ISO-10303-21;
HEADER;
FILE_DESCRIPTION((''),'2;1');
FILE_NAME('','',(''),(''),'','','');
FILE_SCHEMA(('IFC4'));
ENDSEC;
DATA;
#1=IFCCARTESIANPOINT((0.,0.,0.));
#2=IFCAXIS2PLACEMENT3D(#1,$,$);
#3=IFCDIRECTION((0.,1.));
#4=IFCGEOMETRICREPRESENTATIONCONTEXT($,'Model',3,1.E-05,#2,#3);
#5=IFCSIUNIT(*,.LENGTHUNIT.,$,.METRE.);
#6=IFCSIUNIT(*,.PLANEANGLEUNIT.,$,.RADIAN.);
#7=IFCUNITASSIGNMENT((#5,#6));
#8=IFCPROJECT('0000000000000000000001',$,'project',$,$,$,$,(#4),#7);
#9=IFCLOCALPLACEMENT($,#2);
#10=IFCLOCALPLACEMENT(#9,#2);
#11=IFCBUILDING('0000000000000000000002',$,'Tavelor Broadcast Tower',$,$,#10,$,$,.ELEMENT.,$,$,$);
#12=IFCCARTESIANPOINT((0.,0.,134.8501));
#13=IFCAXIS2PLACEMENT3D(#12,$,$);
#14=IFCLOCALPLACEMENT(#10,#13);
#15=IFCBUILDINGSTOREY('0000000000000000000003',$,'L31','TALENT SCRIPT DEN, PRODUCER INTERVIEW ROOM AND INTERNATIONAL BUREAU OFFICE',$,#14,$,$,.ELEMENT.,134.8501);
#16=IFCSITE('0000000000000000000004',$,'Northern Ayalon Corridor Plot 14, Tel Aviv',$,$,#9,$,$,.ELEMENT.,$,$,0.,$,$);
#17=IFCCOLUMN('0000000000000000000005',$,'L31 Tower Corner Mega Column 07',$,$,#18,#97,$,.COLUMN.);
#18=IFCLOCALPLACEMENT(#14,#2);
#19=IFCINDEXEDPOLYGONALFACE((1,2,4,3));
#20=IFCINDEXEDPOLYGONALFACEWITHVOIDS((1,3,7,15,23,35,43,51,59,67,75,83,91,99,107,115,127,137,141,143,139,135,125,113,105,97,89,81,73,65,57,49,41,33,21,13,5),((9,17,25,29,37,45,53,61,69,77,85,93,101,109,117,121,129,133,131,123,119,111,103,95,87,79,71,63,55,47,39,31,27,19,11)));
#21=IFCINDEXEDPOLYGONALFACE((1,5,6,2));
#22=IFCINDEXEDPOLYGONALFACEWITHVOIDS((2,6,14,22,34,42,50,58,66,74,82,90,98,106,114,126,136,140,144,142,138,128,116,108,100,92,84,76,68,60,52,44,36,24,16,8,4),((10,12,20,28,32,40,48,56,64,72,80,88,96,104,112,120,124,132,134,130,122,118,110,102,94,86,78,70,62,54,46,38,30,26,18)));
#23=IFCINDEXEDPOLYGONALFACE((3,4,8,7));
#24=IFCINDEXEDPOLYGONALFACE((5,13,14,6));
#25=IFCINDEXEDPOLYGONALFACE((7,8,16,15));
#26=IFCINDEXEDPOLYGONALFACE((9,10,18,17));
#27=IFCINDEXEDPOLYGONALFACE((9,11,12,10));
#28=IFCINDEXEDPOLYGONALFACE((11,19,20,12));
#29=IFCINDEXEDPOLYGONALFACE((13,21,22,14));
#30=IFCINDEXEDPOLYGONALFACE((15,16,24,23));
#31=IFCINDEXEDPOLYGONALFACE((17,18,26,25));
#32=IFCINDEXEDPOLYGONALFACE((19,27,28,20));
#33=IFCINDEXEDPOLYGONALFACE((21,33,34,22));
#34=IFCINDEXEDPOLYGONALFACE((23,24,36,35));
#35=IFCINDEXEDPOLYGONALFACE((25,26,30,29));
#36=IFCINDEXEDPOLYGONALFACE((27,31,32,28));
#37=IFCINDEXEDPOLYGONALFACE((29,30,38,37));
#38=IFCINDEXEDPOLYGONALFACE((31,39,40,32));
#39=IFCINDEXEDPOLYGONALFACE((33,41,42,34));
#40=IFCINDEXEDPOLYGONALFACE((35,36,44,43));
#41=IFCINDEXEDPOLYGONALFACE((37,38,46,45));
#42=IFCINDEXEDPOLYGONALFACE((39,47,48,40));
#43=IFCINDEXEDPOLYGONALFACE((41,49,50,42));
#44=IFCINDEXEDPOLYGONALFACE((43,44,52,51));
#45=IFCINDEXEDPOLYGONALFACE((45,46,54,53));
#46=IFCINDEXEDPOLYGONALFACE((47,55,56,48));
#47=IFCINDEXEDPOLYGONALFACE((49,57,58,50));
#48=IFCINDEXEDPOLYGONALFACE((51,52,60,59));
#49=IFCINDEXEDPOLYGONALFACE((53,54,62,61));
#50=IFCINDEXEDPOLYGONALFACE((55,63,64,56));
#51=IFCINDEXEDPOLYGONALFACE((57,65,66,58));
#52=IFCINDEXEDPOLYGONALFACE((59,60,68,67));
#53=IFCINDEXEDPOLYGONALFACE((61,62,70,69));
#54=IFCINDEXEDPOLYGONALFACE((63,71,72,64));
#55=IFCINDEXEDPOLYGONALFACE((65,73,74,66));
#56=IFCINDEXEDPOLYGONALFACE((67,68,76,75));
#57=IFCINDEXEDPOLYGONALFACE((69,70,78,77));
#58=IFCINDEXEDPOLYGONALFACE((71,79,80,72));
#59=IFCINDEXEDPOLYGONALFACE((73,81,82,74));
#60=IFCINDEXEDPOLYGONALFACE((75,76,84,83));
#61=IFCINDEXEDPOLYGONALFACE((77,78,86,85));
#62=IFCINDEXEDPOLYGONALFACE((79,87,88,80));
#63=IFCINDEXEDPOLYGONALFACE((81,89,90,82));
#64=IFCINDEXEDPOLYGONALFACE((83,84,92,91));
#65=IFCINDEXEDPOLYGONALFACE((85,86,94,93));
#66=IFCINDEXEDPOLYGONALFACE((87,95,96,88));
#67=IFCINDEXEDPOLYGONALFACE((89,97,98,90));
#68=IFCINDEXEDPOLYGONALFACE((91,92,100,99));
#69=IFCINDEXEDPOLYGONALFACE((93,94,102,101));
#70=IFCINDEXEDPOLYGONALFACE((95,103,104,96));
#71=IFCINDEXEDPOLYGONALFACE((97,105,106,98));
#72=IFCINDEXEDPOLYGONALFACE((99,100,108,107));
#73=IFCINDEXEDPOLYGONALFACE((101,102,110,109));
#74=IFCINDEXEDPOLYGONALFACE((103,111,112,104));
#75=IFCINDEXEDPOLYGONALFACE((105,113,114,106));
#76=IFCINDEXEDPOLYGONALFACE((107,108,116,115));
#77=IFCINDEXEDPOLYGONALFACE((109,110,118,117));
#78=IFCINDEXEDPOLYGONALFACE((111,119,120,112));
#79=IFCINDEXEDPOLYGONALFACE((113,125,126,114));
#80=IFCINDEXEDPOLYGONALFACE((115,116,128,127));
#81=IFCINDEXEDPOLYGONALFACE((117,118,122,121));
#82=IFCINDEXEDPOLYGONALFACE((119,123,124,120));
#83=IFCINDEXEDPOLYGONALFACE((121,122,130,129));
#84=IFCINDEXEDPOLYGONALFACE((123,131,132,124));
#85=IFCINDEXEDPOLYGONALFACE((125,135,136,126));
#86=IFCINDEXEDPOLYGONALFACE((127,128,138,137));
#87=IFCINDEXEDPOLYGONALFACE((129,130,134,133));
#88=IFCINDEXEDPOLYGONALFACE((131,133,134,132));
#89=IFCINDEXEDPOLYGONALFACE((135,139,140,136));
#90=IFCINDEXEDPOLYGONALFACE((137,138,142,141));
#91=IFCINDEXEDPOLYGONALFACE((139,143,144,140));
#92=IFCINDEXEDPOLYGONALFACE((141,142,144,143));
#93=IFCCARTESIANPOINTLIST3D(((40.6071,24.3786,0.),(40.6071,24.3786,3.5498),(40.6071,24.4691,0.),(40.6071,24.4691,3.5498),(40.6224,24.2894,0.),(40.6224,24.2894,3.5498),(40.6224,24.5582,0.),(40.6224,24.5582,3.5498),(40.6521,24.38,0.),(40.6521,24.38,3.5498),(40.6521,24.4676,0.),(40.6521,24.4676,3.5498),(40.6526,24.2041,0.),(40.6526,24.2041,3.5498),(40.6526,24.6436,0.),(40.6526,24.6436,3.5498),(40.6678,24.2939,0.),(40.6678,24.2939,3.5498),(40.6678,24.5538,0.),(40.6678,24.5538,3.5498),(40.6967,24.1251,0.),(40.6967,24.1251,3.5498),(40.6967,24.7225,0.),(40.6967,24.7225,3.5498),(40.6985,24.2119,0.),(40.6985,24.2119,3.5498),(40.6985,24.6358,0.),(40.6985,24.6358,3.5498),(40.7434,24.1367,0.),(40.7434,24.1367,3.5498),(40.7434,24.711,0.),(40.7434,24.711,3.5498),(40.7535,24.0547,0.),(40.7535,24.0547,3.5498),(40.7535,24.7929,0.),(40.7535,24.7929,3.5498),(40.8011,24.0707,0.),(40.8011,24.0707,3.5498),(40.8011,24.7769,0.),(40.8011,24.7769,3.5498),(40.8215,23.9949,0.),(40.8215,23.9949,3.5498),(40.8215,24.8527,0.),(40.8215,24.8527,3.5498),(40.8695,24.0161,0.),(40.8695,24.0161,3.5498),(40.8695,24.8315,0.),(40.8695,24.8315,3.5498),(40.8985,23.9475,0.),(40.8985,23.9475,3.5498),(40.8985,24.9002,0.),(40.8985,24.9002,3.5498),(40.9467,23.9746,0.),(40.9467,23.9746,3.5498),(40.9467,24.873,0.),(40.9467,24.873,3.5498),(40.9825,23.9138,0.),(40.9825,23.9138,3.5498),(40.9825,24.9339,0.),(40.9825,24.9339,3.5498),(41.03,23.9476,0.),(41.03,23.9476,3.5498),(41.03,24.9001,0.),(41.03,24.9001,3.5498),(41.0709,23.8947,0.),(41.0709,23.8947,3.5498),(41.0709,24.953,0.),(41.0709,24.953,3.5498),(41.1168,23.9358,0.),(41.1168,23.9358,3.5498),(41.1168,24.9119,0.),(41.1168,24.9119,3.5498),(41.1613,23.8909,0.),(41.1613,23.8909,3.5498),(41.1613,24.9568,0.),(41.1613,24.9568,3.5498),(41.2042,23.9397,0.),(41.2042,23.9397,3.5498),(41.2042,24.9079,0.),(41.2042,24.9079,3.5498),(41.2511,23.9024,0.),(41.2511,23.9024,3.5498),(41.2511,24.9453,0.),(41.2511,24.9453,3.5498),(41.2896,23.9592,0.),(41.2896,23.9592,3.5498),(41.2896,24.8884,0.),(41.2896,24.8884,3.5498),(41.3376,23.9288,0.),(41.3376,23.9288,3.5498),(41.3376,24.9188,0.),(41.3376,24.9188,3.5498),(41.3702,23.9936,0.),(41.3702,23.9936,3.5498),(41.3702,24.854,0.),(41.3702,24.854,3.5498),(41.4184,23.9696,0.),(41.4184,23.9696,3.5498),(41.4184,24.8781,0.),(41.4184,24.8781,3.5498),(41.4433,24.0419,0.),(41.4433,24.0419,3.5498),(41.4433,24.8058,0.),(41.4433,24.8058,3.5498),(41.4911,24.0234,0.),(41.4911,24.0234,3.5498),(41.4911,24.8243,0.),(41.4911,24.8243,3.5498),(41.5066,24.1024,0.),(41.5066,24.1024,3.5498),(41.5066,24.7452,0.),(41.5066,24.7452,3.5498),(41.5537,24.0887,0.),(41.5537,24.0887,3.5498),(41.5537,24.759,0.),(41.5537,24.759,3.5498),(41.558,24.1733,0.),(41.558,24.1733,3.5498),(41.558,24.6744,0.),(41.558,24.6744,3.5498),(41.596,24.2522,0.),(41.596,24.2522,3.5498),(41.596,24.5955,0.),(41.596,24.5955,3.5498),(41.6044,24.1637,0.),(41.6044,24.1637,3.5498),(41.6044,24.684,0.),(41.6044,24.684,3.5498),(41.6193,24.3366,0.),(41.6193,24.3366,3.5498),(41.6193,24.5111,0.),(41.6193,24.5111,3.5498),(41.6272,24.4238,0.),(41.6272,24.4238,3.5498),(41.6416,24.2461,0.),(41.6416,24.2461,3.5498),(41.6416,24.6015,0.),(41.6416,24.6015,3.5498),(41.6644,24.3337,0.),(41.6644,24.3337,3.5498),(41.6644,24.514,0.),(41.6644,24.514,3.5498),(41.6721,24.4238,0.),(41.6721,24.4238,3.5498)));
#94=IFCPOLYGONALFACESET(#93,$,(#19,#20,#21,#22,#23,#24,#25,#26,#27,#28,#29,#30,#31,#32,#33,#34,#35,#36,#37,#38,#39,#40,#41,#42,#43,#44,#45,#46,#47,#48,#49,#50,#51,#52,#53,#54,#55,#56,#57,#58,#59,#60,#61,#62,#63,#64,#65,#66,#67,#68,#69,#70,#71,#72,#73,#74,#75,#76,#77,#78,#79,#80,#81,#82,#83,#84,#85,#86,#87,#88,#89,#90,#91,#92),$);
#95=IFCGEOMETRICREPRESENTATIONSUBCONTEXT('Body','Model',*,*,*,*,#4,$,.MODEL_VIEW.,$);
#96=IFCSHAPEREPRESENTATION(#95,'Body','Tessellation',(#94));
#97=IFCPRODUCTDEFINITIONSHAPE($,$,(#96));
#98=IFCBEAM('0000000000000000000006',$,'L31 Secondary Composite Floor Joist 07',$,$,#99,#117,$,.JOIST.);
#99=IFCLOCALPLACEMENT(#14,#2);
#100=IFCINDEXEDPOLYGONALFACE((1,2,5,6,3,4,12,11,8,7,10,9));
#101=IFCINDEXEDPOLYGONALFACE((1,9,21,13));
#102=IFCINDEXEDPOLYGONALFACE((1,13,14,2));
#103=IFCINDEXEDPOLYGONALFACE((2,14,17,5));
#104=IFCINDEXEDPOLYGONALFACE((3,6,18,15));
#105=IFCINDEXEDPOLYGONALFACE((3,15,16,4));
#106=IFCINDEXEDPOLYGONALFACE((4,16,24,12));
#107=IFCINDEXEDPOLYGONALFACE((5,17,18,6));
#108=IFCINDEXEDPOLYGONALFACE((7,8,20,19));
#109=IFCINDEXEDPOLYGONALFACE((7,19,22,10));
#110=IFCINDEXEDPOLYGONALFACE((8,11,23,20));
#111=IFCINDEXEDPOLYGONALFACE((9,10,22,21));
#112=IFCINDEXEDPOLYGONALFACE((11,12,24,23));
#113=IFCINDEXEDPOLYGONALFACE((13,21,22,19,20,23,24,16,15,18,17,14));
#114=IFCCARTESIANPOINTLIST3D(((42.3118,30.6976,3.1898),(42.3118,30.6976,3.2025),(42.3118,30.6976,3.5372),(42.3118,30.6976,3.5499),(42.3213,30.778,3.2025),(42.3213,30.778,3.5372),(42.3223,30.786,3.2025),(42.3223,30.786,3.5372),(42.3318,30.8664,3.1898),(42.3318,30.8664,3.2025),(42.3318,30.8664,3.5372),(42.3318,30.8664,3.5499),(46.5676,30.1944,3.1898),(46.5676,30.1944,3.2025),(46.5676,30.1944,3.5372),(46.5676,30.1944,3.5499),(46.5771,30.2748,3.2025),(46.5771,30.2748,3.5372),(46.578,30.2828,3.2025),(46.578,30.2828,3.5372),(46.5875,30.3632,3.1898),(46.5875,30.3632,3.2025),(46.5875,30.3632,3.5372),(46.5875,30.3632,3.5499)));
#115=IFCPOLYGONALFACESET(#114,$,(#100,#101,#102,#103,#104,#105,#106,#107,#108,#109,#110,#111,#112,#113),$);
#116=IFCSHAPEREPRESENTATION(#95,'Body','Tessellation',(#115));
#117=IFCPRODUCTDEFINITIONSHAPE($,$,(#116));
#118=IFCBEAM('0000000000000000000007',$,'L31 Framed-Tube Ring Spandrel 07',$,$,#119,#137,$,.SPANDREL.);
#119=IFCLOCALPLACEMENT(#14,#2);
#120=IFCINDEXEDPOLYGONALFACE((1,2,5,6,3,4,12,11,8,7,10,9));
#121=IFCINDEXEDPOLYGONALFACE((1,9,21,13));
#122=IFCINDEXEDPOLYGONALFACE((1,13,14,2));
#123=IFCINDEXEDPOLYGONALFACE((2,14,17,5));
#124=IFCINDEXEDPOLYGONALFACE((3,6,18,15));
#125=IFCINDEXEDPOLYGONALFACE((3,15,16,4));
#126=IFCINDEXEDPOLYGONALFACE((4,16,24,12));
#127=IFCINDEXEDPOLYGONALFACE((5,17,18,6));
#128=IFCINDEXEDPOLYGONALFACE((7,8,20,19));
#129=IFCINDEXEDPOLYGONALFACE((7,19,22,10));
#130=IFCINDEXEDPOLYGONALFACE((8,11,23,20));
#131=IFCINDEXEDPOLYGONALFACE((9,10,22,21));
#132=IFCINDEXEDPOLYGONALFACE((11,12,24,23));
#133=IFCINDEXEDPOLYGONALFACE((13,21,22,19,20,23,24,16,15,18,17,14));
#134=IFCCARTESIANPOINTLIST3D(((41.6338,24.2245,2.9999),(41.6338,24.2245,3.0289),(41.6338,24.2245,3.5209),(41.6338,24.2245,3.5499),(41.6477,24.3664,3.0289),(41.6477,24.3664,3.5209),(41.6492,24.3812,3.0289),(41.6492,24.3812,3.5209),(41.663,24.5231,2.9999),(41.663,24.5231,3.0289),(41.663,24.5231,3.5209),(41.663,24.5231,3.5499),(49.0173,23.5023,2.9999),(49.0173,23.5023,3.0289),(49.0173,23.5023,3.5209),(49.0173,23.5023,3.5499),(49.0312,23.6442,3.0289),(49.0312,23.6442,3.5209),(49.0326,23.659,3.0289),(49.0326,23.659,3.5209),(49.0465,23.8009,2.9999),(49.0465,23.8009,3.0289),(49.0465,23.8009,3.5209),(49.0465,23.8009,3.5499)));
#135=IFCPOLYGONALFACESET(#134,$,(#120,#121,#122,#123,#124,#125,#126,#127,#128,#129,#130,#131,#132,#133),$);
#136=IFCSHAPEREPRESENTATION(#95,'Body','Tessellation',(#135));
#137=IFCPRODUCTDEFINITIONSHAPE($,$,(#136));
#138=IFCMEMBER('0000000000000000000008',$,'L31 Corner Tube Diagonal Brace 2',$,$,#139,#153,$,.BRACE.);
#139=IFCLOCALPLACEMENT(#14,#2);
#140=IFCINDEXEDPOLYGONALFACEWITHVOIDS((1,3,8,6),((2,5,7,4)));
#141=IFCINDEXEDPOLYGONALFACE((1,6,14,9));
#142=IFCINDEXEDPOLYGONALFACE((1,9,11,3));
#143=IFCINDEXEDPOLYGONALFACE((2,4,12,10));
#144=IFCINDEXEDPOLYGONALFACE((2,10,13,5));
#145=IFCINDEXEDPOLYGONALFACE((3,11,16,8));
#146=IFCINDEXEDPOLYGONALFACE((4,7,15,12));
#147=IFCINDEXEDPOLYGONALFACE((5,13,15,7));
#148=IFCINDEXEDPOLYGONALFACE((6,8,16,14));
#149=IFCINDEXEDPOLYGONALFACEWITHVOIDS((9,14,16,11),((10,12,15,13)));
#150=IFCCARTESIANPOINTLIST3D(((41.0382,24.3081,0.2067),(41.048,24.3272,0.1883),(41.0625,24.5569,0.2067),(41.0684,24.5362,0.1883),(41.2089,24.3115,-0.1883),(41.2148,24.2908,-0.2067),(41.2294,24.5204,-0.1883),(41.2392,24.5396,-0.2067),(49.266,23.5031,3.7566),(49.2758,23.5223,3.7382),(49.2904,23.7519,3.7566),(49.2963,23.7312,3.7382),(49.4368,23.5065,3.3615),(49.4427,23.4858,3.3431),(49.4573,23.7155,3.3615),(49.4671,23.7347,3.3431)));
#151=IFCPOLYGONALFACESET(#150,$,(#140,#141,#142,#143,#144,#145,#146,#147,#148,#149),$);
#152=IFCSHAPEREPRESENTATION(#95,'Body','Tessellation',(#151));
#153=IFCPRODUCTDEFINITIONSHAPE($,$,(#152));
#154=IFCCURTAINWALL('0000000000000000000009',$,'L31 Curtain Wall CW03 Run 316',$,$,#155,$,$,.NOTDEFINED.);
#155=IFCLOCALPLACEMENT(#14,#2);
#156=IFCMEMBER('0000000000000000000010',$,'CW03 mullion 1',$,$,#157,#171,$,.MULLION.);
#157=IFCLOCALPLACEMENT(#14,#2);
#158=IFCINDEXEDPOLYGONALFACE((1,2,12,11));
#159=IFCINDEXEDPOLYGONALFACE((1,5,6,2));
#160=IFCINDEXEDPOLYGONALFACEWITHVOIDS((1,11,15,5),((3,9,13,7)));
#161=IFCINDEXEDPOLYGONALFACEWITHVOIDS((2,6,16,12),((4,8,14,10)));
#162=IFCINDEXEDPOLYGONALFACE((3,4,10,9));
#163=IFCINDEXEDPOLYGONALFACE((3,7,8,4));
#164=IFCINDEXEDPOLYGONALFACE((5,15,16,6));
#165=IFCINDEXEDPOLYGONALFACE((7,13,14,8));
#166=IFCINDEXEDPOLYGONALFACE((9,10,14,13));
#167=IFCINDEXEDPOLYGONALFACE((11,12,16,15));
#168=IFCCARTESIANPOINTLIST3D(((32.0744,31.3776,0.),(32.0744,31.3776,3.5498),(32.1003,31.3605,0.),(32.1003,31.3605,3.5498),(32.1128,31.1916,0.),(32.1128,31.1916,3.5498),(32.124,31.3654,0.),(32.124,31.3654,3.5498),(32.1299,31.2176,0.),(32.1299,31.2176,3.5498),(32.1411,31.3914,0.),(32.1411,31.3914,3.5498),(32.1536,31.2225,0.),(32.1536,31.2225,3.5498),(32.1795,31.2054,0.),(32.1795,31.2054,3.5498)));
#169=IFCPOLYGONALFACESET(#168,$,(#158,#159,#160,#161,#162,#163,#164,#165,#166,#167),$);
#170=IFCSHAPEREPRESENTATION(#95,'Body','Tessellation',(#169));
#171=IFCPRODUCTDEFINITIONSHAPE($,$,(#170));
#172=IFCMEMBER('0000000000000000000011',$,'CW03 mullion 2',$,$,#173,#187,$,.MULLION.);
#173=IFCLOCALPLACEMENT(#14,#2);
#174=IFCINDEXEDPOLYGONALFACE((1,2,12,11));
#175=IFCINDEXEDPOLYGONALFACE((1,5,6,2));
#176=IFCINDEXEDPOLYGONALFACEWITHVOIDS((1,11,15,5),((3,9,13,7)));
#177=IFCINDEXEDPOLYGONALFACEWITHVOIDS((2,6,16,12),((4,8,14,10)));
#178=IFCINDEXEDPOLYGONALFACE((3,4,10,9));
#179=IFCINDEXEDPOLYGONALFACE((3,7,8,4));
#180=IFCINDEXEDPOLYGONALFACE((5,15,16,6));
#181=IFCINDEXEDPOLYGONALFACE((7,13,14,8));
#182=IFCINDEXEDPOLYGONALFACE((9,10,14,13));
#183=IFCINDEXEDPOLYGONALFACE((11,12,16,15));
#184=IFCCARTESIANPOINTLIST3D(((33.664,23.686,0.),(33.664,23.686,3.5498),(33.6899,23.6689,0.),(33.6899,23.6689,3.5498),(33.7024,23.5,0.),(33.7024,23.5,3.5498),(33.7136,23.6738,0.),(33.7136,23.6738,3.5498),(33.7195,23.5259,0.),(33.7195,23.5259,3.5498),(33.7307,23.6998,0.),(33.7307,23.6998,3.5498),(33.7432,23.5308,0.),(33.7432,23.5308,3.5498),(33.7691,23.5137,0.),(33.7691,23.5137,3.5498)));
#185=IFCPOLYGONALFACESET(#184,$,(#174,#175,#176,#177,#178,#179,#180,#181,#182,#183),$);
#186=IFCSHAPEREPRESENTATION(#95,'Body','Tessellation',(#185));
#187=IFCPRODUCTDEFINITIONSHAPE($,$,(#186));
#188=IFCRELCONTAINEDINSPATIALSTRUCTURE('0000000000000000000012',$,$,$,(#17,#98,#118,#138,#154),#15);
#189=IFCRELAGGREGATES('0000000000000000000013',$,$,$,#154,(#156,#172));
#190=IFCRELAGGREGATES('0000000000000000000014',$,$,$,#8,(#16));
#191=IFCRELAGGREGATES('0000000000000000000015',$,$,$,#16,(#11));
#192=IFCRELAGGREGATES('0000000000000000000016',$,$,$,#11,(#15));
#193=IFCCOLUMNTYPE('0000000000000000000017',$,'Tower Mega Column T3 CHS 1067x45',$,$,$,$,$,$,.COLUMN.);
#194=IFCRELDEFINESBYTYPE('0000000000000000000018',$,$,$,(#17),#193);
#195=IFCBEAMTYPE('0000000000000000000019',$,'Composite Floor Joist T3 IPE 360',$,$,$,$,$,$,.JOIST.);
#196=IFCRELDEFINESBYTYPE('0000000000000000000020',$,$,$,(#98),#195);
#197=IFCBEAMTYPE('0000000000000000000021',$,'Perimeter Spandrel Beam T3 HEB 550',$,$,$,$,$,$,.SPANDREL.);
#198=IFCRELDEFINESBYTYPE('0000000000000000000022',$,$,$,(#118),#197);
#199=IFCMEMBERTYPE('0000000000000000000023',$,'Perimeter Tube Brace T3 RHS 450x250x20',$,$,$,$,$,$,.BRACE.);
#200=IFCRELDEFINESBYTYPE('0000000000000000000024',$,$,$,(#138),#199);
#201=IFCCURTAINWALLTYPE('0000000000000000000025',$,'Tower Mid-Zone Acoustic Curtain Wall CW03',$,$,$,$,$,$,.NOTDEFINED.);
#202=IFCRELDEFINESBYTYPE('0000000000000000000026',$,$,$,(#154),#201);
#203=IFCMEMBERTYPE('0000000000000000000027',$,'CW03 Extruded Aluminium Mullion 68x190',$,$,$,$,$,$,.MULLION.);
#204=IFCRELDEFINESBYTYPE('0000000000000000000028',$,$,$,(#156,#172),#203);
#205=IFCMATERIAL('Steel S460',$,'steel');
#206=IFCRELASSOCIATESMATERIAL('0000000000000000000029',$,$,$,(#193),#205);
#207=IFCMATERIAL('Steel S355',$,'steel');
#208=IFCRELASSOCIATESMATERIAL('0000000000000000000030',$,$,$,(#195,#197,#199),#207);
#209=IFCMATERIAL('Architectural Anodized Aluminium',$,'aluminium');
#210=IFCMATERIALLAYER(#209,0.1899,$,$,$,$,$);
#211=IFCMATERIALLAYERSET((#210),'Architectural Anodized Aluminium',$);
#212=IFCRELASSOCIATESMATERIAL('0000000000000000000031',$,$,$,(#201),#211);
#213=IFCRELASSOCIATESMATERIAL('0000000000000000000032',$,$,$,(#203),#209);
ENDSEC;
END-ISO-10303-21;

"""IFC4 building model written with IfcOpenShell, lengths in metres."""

from ifc_helpers import new_model, si_unit, direction, frame, origin, origin_2d, place, context, subcontext, project, spatial, hollow_rectangle, hollow_circle, i_section, extrude, source, transform, mapped, material, layer, layer_set, material_profile, profile_set, type_object, type_shapes, element, aggregate, save


model = new_model("IFC4")

# Units and contexts
model_context = context("Model", 3, precision=1e-05, world=origin(), true_north=direction((0.0, 1.0)))
body_context = subcontext(model_context, "Body", "Model", "MODEL_VIEW")
ifc_project = project(units=[si_unit("LENGTHUNIT", "METRE"), si_unit("PLANEANGLEUNIT", "RADIAN")], contexts=[model_context])

# Site, building, storey
site_placement = place(None, origin())
site = spatial("IfcSite", under=ifc_project, at=site_placement, Name="Northern Ayalon Corridor Plot 14, Tel Aviv", CompositionType="ELEMENT", RefElevation=0.0)
building_placement = place(site_placement, origin())
building = spatial("IfcBuilding", under=site, at=building_placement, Name="Tavelor Broadcast Tower", CompositionType="ELEMENT")
storey_placement = place(building_placement, frame((0.0, 0.0, 134.8501)))
storey = spatial("IfcBuildingStorey", under=building, at=storey_placement, Name="L31", Description="TALENT SCRIPT DEN, PRODUCER INTERVIEW ROOM AND INTERNATIONAL BUREAU OFFICE", CompositionType="ELEMENT", Elevation=134.8501)

# Column
ifc_material_1 = material(Name="Steel S460", Category="steel")
ifc_material_profile_1 = material_profile(ifc_material_1, hollow_circle(Radius=0.5334, WallThickness=0.0449, at=origin_2d()), Name="CHS 1067x45")
ifc_profile_set_1 = profile_set([ifc_material_profile_1], Name="Steel S460")
column_type = type_object("IfcColumnType", Name="Tower Mega Column T3 CHS 1067x45", PredefinedType="COLUMN", material=ifc_profile_set_1)
column_placement = place(storey_placement, frame((41.1387, 24.4238, 0.0), z_axis=(0.0, 0.0, 1.0), x_axis=(1.0, 0.0, 0.0)))
element("IfcColumn", 1, at=column_placement, inside=storey, type_object=column_type, Name="L31 Tower Corner Mega Column 07", PredefinedType="COLUMN", context=body_context, shape_type="SweptSolid", body=[
    extrude(hollow_circle(Radius=0.5334, WallThickness=0.0449, at=origin_2d()), origin(), (0.0, 0.0, 1.0), 3.5498),
])

# Beams
ifc_material_2 = material(Name="Steel S355", Category="steel")
ifc_material_profile_2 = material_profile(ifc_material_2, i_section(OverallWidth=0.1699, OverallDepth=0.3601, WebThickness=0.0081, FlangeThickness=0.0127, at=origin_2d()), Name="IPE 360")
ifc_profile_set_2 = profile_set([ifc_material_profile_2], Name="Steel S355")
beam_type_1 = type_object("IfcBeamType", Name="Composite Floor Joist T3 IPE 360", PredefinedType="JOIST", material=ifc_profile_set_2)
beam_1_placement = place(storey_placement, frame((42.3218, 30.782, 3.3699), z_axis=(0.993083, -0.117413, 0.0), x_axis=(0.117413, 0.993083, 0.0)))
element("IfcBeam", 2, at=beam_1_placement, inside=storey, type_object=beam_type_1, Name="L31 Secondary Composite Floor Joist 07", PredefinedType="JOIST", context=body_context, shape_type="SweptSolid", body=[
    extrude(i_section(OverallWidth=0.1699, OverallDepth=0.3601, WebThickness=0.0081, FlangeThickness=0.0127, at=origin_2d()), origin(), (0.0, 0.0, 1.0), 4.2854),
])
ifc_material_profile_3 = material_profile(ifc_material_2, i_section(OverallWidth=0.3, OverallDepth=0.55, WebThickness=0.0149, FlangeThickness=0.0291, at=origin_2d()), Name="HEB 550")
ifc_profile_set_3 = profile_set([ifc_material_profile_3], Name="Steel S355")
beam_type_2 = type_object("IfcBeamType", Name="Perimeter Spandrel Beam T3 HEB 550", PredefinedType="SPANDREL", material=ifc_profile_set_3)
beam_2_placement = place(storey_placement, frame((41.6484, 24.3738, 3.2749), z_axis=(0.995251, -0.097343, 0.0), x_axis=(0.097343, 0.995251, 0.0)))
element("IfcBeam", 3, at=beam_2_placement, inside=storey, type_object=beam_type_2, Name="L31 Framed-Tube Ring Spandrel 07", PredefinedType="SPANDREL", context=body_context, shape_type="SweptSolid", body=[
    extrude(i_section(OverallWidth=0.3, OverallDepth=0.55, WebThickness=0.0149, FlangeThickness=0.0291, at=origin_2d()), origin(), (0.0, 0.0, 1.0), 7.4187),
])

# Member
ifc_material_profile_4 = material_profile(ifc_material_2, hollow_rectangle(XDim=0.25, YDim=0.45, WallThickness=0.02, at=origin_2d()), Name="RHS 450x250x20")
ifc_profile_set_4 = profile_set([ifc_material_profile_4], Name="Steel S355")
member_type_1 = type_object("IfcMemberType", Name="Perimeter Tube Brace T3 RHS 450x250x20", PredefinedType="BRACE", material=ifc_profile_set_4)
member_1_placement = place(storey_placement, frame((41.1387, 24.4238, 0.0), z_axis=(0.914506, -0.089467, 0.394556), x_axis=(0.097366, 0.995249, 0.0)))
element("IfcMember", 4, at=member_1_placement, inside=storey, type_object=member_type_1, Name="L31 Corner Tube Diagonal Brace 2", PredefinedType="BRACE", context=body_context, shape_type="SweptSolid", body=[
    extrude(hollow_rectangle(XDim=0.25, YDim=0.45, WallThickness=0.02, at=origin_2d()), origin(), (0.0, 0.0, 1.0), 8.9971),
])

# Curtain wall, members
ifc_material_3 = material(Name="Architectural Anodized Aluminium", Category="aluminium")
ifc_layer_1 = layer(ifc_material_3, 0.1899)
ifc_layer_set_1 = layer_set([ifc_layer_1], Name="Architectural Anodized Aluminium")
curtain_wall_type = type_object("IfcCurtainWallType", Name="Tower Mid-Zone Acoustic Curtain Wall CW03", PredefinedType="NOTDEFINED", material=ifc_layer_set_1)
curtain_wall_placement = place(storey_placement, origin())
curtain_wall = element("IfcCurtainWall", 5, at=curtain_wall_placement, inside=storey, type_object=curtain_wall_type, Name="L31 Curtain Wall CW03 Run 316", PredefinedType="NOTDEFINED")
ifc_material_profile_5 = material_profile(ifc_material_3, hollow_rectangle(XDim=0.0681, YDim=0.1899, WallThickness=0.022, at=origin_2d()), Name="RHS 68x190x22")
ifc_profile_set_5 = profile_set([ifc_material_profile_5], Name="Architectural Anodized Aluminium")
member_type_2 = type_object("IfcMemberType", Name="CW03 Extruded Aluminium Mullion 68x190", PredefinedType="MULLION", material=ifc_profile_set_5)
shared_shape_1 = source(origin(), body_context, "Body", "SweptSolid", [
    extrude(hollow_rectangle(XDim=0.0681, YDim=0.1899, WallThickness=0.022, at=origin_2d()), origin(), (0.0, 0.0, 1.0), 3.5498),
])
type_shapes(member_type_2, [shared_shape_1])
member_2_placement = place(storey_placement, frame((32.127, 31.2915, 0.0), z_axis=(0.0, 0.0, 1.0), x_axis=(0.979307, 0.202382, 0.0)))
member_2 = element("IfcMember", 6, at=member_2_placement, type_object=member_type_2, Name="CW03 mullion 1", PredefinedType="MULLION", context=body_context, shape_type="MappedRepresentation", body=[
    mapped(shared_shape_1, transform((0.0, 0.0, 0.0), scale=1.0)),
])
member_3_placement = place(storey_placement, frame((33.7166, 23.5999, 0.0), z_axis=(0.0, 0.0, 1.0), x_axis=(0.979307, 0.202382, 0.0)))
member_3 = element("IfcMember", 7, at=member_3_placement, type_object=member_type_2, Name="CW03 mullion 2", PredefinedType="MULLION", context=body_context, shape_type="MappedRepresentation", body=[
    mapped(shared_shape_1, transform((0.0, 0.0, 0.0), scale=1.0)),
])

aggregate(curtain_wall, [member_2, member_3])

save(model, "model.ifc")
